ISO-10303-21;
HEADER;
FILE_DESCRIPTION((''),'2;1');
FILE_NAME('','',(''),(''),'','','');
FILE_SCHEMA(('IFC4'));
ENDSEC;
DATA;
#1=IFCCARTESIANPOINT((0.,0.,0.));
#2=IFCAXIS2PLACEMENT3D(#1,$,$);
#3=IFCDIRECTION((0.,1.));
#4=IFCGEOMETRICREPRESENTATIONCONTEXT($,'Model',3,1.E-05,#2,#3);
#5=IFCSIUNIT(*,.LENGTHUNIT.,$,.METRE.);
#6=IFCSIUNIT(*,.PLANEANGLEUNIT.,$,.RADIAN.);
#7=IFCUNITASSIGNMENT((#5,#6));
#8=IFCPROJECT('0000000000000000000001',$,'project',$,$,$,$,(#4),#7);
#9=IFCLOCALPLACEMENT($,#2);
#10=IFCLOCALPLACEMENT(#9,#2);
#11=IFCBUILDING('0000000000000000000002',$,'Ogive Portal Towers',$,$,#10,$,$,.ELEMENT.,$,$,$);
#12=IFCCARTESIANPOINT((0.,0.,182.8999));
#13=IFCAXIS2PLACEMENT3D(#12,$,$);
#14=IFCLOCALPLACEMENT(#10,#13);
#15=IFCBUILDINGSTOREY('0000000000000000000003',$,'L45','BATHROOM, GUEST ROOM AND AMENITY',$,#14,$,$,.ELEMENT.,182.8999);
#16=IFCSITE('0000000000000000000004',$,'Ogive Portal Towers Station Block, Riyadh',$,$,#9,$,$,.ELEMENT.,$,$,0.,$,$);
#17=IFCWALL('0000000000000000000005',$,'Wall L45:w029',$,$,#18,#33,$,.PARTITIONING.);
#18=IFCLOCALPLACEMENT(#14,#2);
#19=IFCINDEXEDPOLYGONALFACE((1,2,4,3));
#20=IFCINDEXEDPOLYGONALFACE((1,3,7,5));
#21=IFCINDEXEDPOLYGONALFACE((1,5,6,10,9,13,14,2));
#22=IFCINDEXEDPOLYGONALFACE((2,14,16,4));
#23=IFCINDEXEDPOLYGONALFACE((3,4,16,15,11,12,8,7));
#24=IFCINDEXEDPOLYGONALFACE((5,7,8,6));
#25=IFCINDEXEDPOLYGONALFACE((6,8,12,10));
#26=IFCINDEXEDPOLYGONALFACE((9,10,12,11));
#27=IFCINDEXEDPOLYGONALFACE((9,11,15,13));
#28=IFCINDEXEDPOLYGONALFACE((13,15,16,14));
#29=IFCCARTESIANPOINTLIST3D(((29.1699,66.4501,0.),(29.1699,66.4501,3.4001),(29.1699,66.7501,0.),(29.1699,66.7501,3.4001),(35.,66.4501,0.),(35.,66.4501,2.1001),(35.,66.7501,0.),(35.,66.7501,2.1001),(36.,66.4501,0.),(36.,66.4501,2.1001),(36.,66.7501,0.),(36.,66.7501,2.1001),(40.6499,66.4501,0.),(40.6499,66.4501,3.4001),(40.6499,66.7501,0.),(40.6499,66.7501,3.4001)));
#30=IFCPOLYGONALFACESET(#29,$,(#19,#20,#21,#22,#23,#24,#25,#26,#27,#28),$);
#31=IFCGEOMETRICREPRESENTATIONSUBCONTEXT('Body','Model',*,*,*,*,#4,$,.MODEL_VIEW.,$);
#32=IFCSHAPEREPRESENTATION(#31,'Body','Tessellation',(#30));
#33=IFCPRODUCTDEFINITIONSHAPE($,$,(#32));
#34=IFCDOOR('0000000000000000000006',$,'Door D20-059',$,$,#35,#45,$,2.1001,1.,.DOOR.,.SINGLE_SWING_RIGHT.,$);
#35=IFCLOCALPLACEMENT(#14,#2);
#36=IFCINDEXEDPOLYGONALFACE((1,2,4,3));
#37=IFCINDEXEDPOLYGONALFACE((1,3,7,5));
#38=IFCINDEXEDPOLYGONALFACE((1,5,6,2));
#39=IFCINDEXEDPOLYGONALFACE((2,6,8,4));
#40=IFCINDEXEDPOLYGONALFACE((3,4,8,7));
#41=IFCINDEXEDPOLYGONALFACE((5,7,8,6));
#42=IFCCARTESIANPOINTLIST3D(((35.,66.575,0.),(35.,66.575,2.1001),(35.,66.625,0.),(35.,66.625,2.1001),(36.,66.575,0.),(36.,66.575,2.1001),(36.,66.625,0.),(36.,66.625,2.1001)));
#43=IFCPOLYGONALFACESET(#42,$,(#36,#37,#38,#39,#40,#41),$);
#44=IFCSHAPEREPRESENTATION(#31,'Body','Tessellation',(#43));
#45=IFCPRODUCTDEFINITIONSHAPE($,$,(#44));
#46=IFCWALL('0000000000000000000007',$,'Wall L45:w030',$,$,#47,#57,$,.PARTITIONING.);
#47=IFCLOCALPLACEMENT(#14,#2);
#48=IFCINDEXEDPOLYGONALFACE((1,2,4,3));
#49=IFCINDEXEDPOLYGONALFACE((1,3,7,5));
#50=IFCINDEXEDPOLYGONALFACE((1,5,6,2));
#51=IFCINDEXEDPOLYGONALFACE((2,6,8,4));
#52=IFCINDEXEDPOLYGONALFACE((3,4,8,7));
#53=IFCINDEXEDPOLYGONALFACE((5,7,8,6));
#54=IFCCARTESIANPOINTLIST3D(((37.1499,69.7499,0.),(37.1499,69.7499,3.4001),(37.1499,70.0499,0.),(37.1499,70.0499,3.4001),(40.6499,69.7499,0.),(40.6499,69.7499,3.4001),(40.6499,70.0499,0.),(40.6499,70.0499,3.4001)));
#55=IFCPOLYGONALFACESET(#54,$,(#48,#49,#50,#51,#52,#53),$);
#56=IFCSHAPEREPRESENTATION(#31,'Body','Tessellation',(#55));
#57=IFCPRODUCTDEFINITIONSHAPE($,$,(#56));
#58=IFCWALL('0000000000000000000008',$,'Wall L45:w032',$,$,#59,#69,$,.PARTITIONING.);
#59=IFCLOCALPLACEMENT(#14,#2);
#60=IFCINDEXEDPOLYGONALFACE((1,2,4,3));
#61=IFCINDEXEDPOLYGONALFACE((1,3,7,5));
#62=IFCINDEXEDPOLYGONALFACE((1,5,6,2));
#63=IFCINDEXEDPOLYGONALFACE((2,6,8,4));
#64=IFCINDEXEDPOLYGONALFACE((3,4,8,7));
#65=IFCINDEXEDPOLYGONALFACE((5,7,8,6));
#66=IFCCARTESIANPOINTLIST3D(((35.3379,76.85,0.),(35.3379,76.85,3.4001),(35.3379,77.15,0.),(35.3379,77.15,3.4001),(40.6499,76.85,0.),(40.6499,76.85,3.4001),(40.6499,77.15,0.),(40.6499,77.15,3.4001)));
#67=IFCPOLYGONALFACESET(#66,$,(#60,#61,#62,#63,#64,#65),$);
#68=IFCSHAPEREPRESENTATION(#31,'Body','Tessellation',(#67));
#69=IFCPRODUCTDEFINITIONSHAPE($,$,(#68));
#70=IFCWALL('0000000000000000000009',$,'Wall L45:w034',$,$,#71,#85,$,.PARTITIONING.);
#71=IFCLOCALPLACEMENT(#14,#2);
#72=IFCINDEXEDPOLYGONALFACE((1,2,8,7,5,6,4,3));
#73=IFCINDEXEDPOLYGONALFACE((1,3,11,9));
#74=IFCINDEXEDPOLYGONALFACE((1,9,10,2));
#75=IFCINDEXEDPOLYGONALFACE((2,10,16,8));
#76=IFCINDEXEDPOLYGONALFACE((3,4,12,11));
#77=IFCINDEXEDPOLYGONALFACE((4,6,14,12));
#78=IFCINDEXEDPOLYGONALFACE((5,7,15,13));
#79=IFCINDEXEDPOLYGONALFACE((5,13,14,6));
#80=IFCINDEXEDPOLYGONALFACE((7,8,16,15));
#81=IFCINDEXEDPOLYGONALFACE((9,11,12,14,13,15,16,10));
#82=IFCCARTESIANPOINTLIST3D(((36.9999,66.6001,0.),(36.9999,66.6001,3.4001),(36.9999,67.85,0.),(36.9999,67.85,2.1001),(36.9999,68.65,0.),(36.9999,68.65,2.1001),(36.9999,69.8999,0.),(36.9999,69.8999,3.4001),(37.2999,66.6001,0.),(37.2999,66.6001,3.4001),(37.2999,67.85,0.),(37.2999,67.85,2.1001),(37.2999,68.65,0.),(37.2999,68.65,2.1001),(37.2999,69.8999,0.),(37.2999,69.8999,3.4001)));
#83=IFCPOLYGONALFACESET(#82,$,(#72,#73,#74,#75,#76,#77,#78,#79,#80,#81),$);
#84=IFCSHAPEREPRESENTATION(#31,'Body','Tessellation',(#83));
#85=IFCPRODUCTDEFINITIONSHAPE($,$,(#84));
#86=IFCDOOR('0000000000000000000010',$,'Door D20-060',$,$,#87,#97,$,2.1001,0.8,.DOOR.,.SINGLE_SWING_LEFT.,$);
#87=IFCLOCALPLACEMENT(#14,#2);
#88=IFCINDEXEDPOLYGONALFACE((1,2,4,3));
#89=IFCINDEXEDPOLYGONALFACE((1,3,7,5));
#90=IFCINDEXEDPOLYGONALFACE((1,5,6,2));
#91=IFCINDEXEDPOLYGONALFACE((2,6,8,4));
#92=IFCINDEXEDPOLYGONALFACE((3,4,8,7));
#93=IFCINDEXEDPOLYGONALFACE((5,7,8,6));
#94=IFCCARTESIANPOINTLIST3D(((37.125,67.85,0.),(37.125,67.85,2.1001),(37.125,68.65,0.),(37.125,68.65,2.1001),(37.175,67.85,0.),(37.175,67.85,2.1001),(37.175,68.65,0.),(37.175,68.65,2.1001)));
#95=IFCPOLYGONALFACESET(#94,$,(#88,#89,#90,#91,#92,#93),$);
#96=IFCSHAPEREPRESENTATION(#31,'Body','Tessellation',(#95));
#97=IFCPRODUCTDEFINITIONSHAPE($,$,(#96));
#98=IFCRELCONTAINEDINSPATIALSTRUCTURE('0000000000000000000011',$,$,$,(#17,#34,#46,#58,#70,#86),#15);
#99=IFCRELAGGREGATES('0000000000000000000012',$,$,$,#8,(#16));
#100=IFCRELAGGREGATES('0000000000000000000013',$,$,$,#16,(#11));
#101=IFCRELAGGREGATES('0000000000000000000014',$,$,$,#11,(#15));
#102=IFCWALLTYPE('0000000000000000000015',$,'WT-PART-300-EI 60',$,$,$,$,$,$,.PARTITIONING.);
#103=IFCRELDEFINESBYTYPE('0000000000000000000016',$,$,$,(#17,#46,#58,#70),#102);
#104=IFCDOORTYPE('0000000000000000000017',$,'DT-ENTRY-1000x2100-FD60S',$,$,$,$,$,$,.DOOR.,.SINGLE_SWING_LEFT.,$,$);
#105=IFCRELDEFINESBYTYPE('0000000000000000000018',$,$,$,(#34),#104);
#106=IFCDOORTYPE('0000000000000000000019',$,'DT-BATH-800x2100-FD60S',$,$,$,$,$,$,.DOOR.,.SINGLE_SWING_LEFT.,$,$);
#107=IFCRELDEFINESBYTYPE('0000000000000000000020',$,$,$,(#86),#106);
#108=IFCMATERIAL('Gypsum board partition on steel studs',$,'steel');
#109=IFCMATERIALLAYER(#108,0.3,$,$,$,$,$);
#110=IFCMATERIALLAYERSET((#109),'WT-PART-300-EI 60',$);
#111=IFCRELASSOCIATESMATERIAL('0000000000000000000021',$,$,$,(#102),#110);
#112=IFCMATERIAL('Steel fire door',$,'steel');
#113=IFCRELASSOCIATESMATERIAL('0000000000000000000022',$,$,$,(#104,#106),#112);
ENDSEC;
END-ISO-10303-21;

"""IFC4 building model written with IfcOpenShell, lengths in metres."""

from ifc_helpers import new_model, si_unit, direction, frame, frame_2d, origin, place, context, subcontext, project, spatial, rectangle, extrude, material, layer, layer_set, type_object, element, fill, save


model = new_model("IFC4")

# Units and contexts
model_context = context("Model", 3, precision=1e-05, world=origin(), true_north=direction((0.0, 1.0)))
body_context = subcontext(model_context, "Body", "Model", "MODEL_VIEW")
ifc_project = project(units=[si_unit("LENGTHUNIT", "METRE"), si_unit("PLANEANGLEUNIT", "RADIAN")], contexts=[model_context])

# Site, building, storey
site_placement = place(None, origin())
site = spatial("IfcSite", under=ifc_project, at=site_placement, Name="Ogive Portal Towers Station Block, Riyadh", CompositionType="ELEMENT", RefElevation=0.0)
building_placement = place(site_placement, origin())
building = spatial("IfcBuilding", under=site, at=building_placement, Name="Ogive Portal Towers", CompositionType="ELEMENT")
storey_placement = place(building_placement, frame((0.0, 0.0, 182.8999)))
storey = spatial("IfcBuildingStorey", under=building, at=storey_placement, Name="L45", Description="BATHROOM, GUEST ROOM AND AMENITY", CompositionType="ELEMENT", Elevation=182.8999)

# Wall, opening, door
ifc_material_1 = material(Name="Gypsum board partition on steel studs", Category="steel")
ifc_layer_1 = layer(ifc_material_1, 0.3)
ifc_layer_set_1 = layer_set([ifc_layer_1], Name="WT-PART-300-EI 60")
wall_type_1 = type_object("IfcWallType", Name="WT-PART-300-EI 60", PredefinedType="PARTITIONING", material=ifc_layer_set_1)
wall_1_placement = place(storey_placement, frame((29.1699, 66.6001, 0.0), z_axis=(0.0, 0.0, 1.0), x_axis=(1.0, 0.0, 0.0)))
wall_1 = element("IfcWall", 1, at=wall_1_placement, inside=storey, type_object=wall_type_1, Name="Wall L45:w029", PredefinedType="PARTITIONING", context=body_context, shape_type="SweptSolid", body=[
    extrude(rectangle(XDim=11.48, YDim=0.3, at=frame_2d((5.74, 0.0))), origin(), (0.0, 0.0, 1.0), 3.4001),
])
opening_1_placement = place(wall_1_placement, frame((5.8301, 0.0, 0.0)))
opening_1 = element("IfcOpeningElement", 2, at=opening_1_placement, cuts=wall_1, PredefinedType="OPENING", context=body_context, shape_type="SweptSolid", body=[
    extrude(rectangle(XDim=1.0, YDim=2.1001, at=frame_2d((0.5, 1.05))), frame((0.0, 0.1602, 0.0), z_axis=(0.0, -1.0, 0.0), x_axis=(1.0, 0.0, 0.0)), (0.0, 0.0, 1.0), 0.3201),
])
ifc_material_2 = material(Name="Steel fire door", Category="steel")
door_type_1 = type_object("IfcDoorType", Name="DT-ENTRY-1000x2100-FD60S", OperationType="SINGLE_SWING_LEFT", PredefinedType="DOOR", material=ifc_material_2)
door_1_placement = place(opening_1_placement, origin())
door_1 = element("IfcDoor", 3, at=door_1_placement, inside=storey, type_object=door_type_1, Name="Door D20-059", OperationType="SINGLE_SWING_RIGHT", OverallHeight=2.1001, OverallWidth=1.0, PredefinedType="DOOR", context=body_context, shape_type="SweptSolid", body=[
    extrude(rectangle(XDim=1.0, YDim=2.1001, at=frame_2d((0.5, 1.05))), frame((0.0, 0.0249, 0.0), z_axis=(0.0, -1.0, 0.0), x_axis=(1.0, 0.0, 0.0)), (0.0, 0.0, 1.0), 0.05),
])
fill(opening_1, door_1)

# Walls
wall_2_placement = place(storey_placement, frame((37.1499, 69.8999, 0.0), z_axis=(0.0, 0.0, 1.0), x_axis=(1.0, 0.0, 0.0)))
element("IfcWall", 4, at=wall_2_placement, inside=storey, type_object=wall_type_1, Name="Wall L45:w030", PredefinedType="PARTITIONING", context=body_context, shape_type="SweptSolid", body=[
    extrude(rectangle(XDim=3.5, YDim=0.3, at=frame_2d((1.75, 0.0))), origin(), (0.0, 0.0, 1.0), 3.4001),
])
wall_3_placement = place(storey_placement, frame((35.3379, 77.0, 0.0), z_axis=(0.0, 0.0, 1.0), x_axis=(1.0, 0.0, 0.0)))
element("IfcWall", 5, at=wall_3_placement, inside=storey, type_object=wall_type_1, Name="Wall L45:w032", PredefinedType="PARTITIONING", context=body_context, shape_type="SweptSolid", body=[
    extrude(rectangle(XDim=5.312, YDim=0.3, at=frame_2d((2.656, 0.0))), origin(), (0.0, 0.0, 1.0), 3.4001),
])

# Wall, opening, door
wall_4_placement = place(storey_placement, frame((37.1499, 66.6001, 0.0), z_axis=(0.0, 0.0, 1.0), x_axis=(0.0, 1.0, 0.0)))
wall_4 = element("IfcWall", 6, at=wall_4_placement, inside=storey, type_object=wall_type_1, Name="Wall L45:w034", PredefinedType="PARTITIONING", context=body_context, shape_type="SweptSolid", body=[
    extrude(rectangle(XDim=3.2998, YDim=0.3, at=frame_2d((1.6499, 0.0))), origin(), (0.0, 0.0, 1.0), 3.4001),
])
opening_2_placement = place(wall_4_placement, frame((1.25, 0.0, 0.0)))
opening_2 = element("IfcOpeningElement", 7, at=opening_2_placement, cuts=wall_4, PredefinedType="OPENING", context=body_context, shape_type="SweptSolid", body=[
    extrude(rectangle(XDim=0.8, YDim=2.1001, at=frame_2d((0.3999, 1.05))), frame((0.0, 0.1602, 0.0), z_axis=(0.0, -1.0, 0.0), x_axis=(1.0, 0.0, 0.0)), (0.0, 0.0, 1.0), 0.3201),
])
door_type_2 = type_object("IfcDoorType", Name="DT-BATH-800x2100-FD60S", OperationType="SINGLE_SWING_LEFT", PredefinedType="DOOR", material=ifc_material_2)
door_2_placement = place(opening_2_placement, origin())
door_2 = element("IfcDoor", 8, at=door_2_placement, inside=storey, type_object=door_type_2, Name="Door D20-060", OperationType="SINGLE_SWING_LEFT", OverallHeight=2.1001, OverallWidth=0.8, PredefinedType="DOOR", context=body_context, shape_type="SweptSolid", body=[
    extrude(rectangle(XDim=0.8, YDim=2.1001, at=frame_2d((0.3999, 1.05))), frame((0.0, 0.0249, 0.0), z_axis=(0.0, -1.0, 0.0), x_axis=(1.0, 0.0, 0.0)), (0.0, 0.0, 1.0), 0.05),
])
fill(opening_2, door_2)

save(model, "model.ifc")
